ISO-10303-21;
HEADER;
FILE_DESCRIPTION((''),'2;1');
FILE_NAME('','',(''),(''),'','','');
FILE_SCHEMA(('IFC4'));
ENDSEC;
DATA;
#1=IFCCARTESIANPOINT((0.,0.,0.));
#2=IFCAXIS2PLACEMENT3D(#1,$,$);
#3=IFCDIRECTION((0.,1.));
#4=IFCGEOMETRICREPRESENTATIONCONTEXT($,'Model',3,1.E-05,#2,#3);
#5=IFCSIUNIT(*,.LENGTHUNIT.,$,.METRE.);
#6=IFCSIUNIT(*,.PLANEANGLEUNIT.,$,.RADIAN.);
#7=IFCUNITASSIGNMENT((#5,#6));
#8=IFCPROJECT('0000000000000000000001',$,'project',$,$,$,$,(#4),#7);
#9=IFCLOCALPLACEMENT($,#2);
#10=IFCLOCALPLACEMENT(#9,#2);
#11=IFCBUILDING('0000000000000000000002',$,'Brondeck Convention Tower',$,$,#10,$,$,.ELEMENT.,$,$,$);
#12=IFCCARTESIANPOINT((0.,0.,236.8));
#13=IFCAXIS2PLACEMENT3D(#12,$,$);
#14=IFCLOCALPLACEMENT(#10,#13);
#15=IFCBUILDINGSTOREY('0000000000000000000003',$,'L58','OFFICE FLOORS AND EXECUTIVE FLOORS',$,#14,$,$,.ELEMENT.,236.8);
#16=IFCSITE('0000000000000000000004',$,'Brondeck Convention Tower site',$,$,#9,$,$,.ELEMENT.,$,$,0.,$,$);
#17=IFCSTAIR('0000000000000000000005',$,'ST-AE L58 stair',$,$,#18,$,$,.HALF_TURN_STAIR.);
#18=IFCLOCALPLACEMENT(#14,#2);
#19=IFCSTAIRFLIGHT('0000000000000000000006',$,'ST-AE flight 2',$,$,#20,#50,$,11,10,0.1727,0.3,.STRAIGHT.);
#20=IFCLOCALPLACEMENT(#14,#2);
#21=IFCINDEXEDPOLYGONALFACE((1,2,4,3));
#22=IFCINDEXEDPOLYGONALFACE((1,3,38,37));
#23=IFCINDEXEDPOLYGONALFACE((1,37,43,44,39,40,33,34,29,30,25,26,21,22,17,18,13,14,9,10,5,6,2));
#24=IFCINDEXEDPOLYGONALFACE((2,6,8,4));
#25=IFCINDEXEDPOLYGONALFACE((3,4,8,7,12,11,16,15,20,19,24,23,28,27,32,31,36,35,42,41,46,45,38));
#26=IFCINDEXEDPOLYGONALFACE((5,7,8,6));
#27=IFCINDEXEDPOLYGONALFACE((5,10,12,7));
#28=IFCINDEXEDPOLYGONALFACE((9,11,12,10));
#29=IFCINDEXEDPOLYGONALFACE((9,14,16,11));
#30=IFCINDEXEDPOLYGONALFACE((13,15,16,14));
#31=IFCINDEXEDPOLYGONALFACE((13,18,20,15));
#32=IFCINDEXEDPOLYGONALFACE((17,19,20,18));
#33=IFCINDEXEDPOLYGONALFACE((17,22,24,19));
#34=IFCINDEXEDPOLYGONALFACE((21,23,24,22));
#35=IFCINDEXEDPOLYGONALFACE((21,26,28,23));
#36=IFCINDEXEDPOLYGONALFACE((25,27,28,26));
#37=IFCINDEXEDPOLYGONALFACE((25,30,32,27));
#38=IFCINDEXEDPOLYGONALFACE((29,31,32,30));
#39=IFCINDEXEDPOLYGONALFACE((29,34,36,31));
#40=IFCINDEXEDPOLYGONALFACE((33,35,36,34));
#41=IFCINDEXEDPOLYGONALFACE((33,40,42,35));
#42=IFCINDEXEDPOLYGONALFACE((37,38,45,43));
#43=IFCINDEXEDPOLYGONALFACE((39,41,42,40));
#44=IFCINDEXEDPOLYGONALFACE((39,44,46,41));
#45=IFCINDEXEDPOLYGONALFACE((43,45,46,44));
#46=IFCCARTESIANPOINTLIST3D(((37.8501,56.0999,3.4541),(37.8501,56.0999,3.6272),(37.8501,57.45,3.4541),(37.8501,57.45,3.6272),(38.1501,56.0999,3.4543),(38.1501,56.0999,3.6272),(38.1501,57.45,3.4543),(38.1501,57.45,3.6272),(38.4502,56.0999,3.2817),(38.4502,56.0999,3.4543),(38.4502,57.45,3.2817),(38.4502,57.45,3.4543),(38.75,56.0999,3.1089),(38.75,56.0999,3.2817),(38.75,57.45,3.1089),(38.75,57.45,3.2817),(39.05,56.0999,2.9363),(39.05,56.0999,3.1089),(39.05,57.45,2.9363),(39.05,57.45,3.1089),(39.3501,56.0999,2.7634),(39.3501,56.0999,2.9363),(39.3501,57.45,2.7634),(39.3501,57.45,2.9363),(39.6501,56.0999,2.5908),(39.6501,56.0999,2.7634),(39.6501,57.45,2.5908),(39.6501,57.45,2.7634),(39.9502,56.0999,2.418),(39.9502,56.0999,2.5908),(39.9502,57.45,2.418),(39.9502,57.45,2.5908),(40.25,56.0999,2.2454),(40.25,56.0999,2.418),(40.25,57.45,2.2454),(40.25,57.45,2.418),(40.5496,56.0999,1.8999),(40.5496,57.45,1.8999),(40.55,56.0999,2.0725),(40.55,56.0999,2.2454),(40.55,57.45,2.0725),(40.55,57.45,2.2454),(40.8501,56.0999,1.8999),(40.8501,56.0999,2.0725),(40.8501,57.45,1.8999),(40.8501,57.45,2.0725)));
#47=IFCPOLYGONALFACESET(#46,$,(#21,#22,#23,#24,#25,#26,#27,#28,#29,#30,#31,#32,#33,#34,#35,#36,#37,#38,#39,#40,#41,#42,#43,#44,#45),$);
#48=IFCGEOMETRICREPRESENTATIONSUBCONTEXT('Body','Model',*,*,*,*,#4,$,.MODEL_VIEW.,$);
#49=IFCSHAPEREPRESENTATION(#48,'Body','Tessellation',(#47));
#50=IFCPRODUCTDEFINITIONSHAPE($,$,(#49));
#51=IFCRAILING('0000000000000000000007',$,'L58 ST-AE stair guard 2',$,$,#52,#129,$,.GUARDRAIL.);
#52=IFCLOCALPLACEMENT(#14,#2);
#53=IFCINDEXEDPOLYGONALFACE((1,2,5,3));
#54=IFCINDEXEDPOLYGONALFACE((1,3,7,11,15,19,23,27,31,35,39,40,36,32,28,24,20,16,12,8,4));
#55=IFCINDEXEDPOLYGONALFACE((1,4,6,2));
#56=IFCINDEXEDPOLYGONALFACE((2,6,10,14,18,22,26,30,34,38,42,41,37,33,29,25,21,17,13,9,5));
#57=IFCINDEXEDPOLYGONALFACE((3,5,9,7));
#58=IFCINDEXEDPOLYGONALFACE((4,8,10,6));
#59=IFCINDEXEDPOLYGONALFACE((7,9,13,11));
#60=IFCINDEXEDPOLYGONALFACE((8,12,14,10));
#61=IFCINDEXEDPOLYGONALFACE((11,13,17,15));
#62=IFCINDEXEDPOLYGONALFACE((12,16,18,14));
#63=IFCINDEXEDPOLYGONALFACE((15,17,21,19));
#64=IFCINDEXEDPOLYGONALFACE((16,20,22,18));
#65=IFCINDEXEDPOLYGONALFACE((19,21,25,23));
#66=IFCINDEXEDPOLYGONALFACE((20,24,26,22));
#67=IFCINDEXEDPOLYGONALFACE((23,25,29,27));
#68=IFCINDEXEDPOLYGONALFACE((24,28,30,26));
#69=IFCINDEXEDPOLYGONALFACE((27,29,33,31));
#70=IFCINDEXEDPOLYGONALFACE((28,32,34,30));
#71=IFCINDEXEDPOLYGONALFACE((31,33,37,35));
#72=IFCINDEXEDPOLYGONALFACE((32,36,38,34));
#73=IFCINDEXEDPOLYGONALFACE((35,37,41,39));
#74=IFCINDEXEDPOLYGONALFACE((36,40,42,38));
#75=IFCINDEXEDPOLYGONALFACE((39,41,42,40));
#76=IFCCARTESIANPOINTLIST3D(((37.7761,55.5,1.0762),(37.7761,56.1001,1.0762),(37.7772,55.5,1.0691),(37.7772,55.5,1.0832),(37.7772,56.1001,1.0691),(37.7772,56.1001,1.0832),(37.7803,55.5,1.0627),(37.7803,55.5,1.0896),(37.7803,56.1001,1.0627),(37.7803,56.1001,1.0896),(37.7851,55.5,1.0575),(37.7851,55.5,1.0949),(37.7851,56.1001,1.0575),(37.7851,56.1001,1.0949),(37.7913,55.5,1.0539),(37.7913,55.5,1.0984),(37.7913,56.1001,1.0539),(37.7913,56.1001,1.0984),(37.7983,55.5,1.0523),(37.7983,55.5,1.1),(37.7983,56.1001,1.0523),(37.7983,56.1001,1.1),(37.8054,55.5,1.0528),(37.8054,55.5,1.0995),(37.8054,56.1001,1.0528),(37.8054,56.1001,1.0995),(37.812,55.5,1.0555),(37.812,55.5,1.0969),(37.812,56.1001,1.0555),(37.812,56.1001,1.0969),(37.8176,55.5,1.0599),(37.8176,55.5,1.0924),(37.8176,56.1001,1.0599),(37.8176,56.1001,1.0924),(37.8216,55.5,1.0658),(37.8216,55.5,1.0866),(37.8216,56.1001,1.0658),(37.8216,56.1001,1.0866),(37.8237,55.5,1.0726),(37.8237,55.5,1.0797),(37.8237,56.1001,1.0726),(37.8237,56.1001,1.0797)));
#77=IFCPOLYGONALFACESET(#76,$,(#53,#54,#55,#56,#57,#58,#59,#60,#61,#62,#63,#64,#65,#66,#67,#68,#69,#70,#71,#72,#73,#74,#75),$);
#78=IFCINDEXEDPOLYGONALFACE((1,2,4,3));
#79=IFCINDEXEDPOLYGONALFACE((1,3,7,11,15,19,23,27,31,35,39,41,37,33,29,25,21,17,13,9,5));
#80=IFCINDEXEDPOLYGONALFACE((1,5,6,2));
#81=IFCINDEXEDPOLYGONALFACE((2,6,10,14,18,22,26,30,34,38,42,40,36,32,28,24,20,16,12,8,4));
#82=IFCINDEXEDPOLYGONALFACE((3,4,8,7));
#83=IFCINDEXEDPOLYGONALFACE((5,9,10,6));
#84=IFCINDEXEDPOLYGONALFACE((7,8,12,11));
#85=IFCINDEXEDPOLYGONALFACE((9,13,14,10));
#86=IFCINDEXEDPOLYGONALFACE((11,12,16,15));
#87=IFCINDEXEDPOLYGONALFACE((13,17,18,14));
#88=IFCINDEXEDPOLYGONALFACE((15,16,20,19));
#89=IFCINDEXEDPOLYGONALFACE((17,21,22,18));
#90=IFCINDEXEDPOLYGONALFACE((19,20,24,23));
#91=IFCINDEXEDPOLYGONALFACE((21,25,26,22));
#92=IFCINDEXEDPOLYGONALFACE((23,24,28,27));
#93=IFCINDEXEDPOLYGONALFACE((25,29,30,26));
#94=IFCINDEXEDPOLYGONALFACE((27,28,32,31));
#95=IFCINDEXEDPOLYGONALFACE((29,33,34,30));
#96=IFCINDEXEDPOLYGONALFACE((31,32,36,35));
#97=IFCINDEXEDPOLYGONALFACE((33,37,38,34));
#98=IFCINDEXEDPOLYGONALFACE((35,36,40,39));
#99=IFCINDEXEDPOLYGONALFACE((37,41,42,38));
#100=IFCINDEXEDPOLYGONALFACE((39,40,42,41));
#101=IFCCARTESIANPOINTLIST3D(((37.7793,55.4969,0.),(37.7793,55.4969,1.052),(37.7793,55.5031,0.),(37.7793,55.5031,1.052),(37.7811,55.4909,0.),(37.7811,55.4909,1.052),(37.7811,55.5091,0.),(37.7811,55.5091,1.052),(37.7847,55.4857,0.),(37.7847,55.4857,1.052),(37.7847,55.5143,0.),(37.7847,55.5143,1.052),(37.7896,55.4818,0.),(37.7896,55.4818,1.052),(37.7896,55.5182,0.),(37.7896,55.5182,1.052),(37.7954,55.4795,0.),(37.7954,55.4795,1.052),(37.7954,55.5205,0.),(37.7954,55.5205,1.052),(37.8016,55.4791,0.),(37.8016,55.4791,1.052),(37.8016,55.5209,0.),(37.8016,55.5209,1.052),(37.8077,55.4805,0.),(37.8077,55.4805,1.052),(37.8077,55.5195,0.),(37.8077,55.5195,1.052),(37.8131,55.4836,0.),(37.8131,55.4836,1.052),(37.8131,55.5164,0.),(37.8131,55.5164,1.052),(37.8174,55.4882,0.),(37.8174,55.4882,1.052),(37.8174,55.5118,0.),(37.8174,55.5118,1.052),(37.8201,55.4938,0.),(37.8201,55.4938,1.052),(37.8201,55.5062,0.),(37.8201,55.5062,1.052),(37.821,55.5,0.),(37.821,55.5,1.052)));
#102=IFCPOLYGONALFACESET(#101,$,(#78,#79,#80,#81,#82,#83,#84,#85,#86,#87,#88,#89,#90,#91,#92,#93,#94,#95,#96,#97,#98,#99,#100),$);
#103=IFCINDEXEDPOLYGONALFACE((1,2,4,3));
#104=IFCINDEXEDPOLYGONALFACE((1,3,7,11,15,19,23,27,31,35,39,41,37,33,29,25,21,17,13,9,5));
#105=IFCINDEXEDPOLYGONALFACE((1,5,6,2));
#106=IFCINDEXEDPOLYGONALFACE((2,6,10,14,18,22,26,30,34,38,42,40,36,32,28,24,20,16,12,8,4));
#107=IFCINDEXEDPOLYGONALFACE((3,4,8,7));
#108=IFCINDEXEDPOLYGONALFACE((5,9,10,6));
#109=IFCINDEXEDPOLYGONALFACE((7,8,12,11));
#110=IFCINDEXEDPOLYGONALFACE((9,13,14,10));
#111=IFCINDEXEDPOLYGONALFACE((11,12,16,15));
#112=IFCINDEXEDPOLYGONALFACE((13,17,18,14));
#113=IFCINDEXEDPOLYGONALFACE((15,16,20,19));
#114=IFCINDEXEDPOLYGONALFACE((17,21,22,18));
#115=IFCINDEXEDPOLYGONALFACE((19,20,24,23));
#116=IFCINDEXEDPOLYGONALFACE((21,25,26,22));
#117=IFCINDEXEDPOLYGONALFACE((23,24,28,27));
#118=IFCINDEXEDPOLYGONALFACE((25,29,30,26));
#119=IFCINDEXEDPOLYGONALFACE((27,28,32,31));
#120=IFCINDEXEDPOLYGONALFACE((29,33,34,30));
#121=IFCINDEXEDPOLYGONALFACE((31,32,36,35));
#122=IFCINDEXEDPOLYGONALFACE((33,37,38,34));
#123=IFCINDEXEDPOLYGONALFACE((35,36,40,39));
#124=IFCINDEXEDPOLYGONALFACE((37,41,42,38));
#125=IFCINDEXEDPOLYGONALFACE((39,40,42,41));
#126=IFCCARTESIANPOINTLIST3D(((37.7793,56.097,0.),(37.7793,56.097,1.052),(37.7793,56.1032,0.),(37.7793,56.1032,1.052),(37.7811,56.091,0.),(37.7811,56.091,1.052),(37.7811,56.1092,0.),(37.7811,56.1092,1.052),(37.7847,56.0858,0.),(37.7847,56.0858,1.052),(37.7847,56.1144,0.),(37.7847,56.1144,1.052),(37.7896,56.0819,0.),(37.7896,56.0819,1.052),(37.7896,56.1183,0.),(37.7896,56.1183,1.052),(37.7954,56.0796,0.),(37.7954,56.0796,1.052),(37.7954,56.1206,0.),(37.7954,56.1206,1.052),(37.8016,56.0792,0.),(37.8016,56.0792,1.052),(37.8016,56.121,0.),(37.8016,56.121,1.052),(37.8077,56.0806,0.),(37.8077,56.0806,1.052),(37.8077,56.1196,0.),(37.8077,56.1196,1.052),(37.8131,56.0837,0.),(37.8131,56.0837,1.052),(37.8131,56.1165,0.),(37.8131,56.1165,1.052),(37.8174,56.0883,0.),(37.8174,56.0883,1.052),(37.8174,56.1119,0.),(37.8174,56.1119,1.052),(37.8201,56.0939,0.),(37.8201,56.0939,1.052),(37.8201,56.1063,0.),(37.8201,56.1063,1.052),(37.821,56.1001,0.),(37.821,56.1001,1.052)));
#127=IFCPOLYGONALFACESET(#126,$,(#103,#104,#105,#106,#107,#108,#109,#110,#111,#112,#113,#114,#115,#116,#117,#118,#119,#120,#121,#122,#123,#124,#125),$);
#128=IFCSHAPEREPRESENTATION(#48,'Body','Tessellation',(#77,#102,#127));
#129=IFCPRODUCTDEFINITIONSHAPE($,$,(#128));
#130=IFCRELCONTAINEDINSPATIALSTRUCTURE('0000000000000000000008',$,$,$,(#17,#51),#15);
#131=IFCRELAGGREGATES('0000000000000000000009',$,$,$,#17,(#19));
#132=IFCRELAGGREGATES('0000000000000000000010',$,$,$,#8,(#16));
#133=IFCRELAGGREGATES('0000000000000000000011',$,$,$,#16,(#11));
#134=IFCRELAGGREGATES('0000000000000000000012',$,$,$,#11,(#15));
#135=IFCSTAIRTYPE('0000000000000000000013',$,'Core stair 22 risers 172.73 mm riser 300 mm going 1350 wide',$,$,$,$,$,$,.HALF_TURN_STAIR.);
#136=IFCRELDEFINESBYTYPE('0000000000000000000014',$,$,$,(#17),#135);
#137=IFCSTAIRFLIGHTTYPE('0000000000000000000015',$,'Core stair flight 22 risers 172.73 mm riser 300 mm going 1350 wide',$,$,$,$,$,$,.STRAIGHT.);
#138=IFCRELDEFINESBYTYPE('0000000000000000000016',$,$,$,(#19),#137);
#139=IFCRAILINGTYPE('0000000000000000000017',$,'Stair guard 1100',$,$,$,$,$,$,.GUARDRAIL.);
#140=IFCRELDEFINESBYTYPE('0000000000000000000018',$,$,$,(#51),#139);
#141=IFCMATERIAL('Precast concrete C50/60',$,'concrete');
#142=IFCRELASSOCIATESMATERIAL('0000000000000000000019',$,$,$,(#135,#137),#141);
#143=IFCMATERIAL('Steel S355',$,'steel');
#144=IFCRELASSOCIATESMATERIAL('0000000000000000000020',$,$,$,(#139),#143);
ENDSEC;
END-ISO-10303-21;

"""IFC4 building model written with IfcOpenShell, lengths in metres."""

from ifc_helpers import new_model, si_unit, direction, frame, origin, origin_2d, place, context, subcontext, project, spatial, polyline, circle, outline, extrude, material, type_object, element, aggregate, save


model = new_model("IFC4")

# Units and contexts
model_context = context("Model", 3, precision=1e-05, world=origin(), true_north=direction((0.0, 1.0)))
body_context = subcontext(model_context, "Body", "Model", "MODEL_VIEW")
ifc_project = project(units=[si_unit("LENGTHUNIT", "METRE"), si_unit("PLANEANGLEUNIT", "RADIAN")], contexts=[model_context])

# Site, building, storey
site_placement = place(None, origin())
site = spatial("IfcSite", under=ifc_project, at=site_placement, Name="Brondeck Convention Tower site", CompositionType="ELEMENT", RefElevation=0.0)
building_placement = place(site_placement, origin())
building = spatial("IfcBuilding", under=site, at=building_placement, Name="Brondeck Convention Tower", CompositionType="ELEMENT")
storey_placement = place(building_placement, frame((0.0, 0.0, 236.8)))
storey = spatial("IfcBuildingStorey", under=building, at=storey_placement, Name="L58", Description="OFFICE FLOORS AND EXECUTIVE FLOORS", CompositionType="ELEMENT", Elevation=236.8)

# Shared definitions
ifc_material_1 = material(Name="Steel S355", Category="steel")

# Stair, stair flight
ifc_material_2 = material(Name="Precast concrete C50/60", Category="concrete")
stair_type = type_object("IfcStairType", Name="Core stair 22 risers 172.73 mm riser 300 mm going 1350 wide", PredefinedType="HALF_TURN_STAIR", material=ifc_material_2)
stair_placement = place(storey_placement, origin())
stair = element("IfcStair", 1, at=stair_placement, inside=storey, type_object=stair_type, Name="ST-AE L58 stair", PredefinedType="HALF_TURN_STAIR")
stair_flight_type = type_object("IfcStairFlightType", Name="Core stair flight 22 risers 172.73 mm riser 300 mm going 1350 wide", PredefinedType="STRAIGHT", material=ifc_material_2)
stair_flight_placement = place(storey_placement, frame((40.8501, 56.7749, 1.8999), z_axis=(0.0, 0.0, 1.0), x_axis=(-1.0, 0.0, 0.0)))
stair_flight = element("IfcStairFlight", 2, at=stair_flight_placement, type_object=stair_flight_type, Name="ST-AE flight 2", NumberOfRisers=11, NumberOfTreads=10, PredefinedType="STRAIGHT", RiserHeight=0.1727, TreadLength=0.3, context=body_context, shape_type="SweptSolid", body=[
    extrude(outline(polyline([(0.0, 0.0), (0.0, 0.1726), (0.3, 0.1726), (0.3, 0.3455), (0.6001, 0.3455), (0.6001, 0.5181), (0.8999, 0.5181), (0.8999, 0.6909), (1.2, 0.6909), (1.2, 0.8635), (1.5, 0.8635), (1.5, 1.0364), (1.8, 1.0364), (1.8, 1.209), (2.1001, 1.209), (2.1001, 1.3818), (2.3999, 1.3818), (2.3999, 1.5544), (2.7, 1.5544), (2.7, 1.7273), (3.0, 1.7273), (3.0, 1.8999), (3.0, 1.5542), (0.3005, 0.0), (0.0, 0.0)])), frame((0.0, 0.675, 0.0), z_axis=(0.0, -1.0, 0.0), x_axis=(1.0, 0.0, 0.0)), (0.0, 0.0, 1.0), 1.3501),
])
aggregate(stair, [stair_flight])

# Railing
railing_type_1 = type_object("IfcRailingType", Name="Stair guard 1100", PredefinedType="GUARDRAIL", material=ifc_material_1)
railing_1_placement = place(storey_placement, frame((37.8, 55.5, 0.0)))
element("IfcRailing", 3, at=railing_1_placement, inside=storey, type_object=railing_type_1, Name="L58 ST-AE stair guard 2", PredefinedType="GUARDRAIL", context=body_context, shape_type="SweptSolid", body=[
    extrude(circle(Radius=0.0239, at=origin_2d()), frame((0.0, 0.0, 1.0762), z_axis=(0.0, 1.0, 0.0), x_axis=(-1.0, 0.0, 0.0)), (0.0, 0.0, 1.0), 0.6001),
    extrude(circle(Radius=0.021, at=origin_2d()), origin(), (0.0, 0.0, 1.0), 1.052),
    extrude(circle(Radius=0.021, at=origin_2d()), frame((0.0, 0.6001, 0.0)), (0.0, 0.0, 1.0), 1.052),
])

save(model, "model.ifc")
